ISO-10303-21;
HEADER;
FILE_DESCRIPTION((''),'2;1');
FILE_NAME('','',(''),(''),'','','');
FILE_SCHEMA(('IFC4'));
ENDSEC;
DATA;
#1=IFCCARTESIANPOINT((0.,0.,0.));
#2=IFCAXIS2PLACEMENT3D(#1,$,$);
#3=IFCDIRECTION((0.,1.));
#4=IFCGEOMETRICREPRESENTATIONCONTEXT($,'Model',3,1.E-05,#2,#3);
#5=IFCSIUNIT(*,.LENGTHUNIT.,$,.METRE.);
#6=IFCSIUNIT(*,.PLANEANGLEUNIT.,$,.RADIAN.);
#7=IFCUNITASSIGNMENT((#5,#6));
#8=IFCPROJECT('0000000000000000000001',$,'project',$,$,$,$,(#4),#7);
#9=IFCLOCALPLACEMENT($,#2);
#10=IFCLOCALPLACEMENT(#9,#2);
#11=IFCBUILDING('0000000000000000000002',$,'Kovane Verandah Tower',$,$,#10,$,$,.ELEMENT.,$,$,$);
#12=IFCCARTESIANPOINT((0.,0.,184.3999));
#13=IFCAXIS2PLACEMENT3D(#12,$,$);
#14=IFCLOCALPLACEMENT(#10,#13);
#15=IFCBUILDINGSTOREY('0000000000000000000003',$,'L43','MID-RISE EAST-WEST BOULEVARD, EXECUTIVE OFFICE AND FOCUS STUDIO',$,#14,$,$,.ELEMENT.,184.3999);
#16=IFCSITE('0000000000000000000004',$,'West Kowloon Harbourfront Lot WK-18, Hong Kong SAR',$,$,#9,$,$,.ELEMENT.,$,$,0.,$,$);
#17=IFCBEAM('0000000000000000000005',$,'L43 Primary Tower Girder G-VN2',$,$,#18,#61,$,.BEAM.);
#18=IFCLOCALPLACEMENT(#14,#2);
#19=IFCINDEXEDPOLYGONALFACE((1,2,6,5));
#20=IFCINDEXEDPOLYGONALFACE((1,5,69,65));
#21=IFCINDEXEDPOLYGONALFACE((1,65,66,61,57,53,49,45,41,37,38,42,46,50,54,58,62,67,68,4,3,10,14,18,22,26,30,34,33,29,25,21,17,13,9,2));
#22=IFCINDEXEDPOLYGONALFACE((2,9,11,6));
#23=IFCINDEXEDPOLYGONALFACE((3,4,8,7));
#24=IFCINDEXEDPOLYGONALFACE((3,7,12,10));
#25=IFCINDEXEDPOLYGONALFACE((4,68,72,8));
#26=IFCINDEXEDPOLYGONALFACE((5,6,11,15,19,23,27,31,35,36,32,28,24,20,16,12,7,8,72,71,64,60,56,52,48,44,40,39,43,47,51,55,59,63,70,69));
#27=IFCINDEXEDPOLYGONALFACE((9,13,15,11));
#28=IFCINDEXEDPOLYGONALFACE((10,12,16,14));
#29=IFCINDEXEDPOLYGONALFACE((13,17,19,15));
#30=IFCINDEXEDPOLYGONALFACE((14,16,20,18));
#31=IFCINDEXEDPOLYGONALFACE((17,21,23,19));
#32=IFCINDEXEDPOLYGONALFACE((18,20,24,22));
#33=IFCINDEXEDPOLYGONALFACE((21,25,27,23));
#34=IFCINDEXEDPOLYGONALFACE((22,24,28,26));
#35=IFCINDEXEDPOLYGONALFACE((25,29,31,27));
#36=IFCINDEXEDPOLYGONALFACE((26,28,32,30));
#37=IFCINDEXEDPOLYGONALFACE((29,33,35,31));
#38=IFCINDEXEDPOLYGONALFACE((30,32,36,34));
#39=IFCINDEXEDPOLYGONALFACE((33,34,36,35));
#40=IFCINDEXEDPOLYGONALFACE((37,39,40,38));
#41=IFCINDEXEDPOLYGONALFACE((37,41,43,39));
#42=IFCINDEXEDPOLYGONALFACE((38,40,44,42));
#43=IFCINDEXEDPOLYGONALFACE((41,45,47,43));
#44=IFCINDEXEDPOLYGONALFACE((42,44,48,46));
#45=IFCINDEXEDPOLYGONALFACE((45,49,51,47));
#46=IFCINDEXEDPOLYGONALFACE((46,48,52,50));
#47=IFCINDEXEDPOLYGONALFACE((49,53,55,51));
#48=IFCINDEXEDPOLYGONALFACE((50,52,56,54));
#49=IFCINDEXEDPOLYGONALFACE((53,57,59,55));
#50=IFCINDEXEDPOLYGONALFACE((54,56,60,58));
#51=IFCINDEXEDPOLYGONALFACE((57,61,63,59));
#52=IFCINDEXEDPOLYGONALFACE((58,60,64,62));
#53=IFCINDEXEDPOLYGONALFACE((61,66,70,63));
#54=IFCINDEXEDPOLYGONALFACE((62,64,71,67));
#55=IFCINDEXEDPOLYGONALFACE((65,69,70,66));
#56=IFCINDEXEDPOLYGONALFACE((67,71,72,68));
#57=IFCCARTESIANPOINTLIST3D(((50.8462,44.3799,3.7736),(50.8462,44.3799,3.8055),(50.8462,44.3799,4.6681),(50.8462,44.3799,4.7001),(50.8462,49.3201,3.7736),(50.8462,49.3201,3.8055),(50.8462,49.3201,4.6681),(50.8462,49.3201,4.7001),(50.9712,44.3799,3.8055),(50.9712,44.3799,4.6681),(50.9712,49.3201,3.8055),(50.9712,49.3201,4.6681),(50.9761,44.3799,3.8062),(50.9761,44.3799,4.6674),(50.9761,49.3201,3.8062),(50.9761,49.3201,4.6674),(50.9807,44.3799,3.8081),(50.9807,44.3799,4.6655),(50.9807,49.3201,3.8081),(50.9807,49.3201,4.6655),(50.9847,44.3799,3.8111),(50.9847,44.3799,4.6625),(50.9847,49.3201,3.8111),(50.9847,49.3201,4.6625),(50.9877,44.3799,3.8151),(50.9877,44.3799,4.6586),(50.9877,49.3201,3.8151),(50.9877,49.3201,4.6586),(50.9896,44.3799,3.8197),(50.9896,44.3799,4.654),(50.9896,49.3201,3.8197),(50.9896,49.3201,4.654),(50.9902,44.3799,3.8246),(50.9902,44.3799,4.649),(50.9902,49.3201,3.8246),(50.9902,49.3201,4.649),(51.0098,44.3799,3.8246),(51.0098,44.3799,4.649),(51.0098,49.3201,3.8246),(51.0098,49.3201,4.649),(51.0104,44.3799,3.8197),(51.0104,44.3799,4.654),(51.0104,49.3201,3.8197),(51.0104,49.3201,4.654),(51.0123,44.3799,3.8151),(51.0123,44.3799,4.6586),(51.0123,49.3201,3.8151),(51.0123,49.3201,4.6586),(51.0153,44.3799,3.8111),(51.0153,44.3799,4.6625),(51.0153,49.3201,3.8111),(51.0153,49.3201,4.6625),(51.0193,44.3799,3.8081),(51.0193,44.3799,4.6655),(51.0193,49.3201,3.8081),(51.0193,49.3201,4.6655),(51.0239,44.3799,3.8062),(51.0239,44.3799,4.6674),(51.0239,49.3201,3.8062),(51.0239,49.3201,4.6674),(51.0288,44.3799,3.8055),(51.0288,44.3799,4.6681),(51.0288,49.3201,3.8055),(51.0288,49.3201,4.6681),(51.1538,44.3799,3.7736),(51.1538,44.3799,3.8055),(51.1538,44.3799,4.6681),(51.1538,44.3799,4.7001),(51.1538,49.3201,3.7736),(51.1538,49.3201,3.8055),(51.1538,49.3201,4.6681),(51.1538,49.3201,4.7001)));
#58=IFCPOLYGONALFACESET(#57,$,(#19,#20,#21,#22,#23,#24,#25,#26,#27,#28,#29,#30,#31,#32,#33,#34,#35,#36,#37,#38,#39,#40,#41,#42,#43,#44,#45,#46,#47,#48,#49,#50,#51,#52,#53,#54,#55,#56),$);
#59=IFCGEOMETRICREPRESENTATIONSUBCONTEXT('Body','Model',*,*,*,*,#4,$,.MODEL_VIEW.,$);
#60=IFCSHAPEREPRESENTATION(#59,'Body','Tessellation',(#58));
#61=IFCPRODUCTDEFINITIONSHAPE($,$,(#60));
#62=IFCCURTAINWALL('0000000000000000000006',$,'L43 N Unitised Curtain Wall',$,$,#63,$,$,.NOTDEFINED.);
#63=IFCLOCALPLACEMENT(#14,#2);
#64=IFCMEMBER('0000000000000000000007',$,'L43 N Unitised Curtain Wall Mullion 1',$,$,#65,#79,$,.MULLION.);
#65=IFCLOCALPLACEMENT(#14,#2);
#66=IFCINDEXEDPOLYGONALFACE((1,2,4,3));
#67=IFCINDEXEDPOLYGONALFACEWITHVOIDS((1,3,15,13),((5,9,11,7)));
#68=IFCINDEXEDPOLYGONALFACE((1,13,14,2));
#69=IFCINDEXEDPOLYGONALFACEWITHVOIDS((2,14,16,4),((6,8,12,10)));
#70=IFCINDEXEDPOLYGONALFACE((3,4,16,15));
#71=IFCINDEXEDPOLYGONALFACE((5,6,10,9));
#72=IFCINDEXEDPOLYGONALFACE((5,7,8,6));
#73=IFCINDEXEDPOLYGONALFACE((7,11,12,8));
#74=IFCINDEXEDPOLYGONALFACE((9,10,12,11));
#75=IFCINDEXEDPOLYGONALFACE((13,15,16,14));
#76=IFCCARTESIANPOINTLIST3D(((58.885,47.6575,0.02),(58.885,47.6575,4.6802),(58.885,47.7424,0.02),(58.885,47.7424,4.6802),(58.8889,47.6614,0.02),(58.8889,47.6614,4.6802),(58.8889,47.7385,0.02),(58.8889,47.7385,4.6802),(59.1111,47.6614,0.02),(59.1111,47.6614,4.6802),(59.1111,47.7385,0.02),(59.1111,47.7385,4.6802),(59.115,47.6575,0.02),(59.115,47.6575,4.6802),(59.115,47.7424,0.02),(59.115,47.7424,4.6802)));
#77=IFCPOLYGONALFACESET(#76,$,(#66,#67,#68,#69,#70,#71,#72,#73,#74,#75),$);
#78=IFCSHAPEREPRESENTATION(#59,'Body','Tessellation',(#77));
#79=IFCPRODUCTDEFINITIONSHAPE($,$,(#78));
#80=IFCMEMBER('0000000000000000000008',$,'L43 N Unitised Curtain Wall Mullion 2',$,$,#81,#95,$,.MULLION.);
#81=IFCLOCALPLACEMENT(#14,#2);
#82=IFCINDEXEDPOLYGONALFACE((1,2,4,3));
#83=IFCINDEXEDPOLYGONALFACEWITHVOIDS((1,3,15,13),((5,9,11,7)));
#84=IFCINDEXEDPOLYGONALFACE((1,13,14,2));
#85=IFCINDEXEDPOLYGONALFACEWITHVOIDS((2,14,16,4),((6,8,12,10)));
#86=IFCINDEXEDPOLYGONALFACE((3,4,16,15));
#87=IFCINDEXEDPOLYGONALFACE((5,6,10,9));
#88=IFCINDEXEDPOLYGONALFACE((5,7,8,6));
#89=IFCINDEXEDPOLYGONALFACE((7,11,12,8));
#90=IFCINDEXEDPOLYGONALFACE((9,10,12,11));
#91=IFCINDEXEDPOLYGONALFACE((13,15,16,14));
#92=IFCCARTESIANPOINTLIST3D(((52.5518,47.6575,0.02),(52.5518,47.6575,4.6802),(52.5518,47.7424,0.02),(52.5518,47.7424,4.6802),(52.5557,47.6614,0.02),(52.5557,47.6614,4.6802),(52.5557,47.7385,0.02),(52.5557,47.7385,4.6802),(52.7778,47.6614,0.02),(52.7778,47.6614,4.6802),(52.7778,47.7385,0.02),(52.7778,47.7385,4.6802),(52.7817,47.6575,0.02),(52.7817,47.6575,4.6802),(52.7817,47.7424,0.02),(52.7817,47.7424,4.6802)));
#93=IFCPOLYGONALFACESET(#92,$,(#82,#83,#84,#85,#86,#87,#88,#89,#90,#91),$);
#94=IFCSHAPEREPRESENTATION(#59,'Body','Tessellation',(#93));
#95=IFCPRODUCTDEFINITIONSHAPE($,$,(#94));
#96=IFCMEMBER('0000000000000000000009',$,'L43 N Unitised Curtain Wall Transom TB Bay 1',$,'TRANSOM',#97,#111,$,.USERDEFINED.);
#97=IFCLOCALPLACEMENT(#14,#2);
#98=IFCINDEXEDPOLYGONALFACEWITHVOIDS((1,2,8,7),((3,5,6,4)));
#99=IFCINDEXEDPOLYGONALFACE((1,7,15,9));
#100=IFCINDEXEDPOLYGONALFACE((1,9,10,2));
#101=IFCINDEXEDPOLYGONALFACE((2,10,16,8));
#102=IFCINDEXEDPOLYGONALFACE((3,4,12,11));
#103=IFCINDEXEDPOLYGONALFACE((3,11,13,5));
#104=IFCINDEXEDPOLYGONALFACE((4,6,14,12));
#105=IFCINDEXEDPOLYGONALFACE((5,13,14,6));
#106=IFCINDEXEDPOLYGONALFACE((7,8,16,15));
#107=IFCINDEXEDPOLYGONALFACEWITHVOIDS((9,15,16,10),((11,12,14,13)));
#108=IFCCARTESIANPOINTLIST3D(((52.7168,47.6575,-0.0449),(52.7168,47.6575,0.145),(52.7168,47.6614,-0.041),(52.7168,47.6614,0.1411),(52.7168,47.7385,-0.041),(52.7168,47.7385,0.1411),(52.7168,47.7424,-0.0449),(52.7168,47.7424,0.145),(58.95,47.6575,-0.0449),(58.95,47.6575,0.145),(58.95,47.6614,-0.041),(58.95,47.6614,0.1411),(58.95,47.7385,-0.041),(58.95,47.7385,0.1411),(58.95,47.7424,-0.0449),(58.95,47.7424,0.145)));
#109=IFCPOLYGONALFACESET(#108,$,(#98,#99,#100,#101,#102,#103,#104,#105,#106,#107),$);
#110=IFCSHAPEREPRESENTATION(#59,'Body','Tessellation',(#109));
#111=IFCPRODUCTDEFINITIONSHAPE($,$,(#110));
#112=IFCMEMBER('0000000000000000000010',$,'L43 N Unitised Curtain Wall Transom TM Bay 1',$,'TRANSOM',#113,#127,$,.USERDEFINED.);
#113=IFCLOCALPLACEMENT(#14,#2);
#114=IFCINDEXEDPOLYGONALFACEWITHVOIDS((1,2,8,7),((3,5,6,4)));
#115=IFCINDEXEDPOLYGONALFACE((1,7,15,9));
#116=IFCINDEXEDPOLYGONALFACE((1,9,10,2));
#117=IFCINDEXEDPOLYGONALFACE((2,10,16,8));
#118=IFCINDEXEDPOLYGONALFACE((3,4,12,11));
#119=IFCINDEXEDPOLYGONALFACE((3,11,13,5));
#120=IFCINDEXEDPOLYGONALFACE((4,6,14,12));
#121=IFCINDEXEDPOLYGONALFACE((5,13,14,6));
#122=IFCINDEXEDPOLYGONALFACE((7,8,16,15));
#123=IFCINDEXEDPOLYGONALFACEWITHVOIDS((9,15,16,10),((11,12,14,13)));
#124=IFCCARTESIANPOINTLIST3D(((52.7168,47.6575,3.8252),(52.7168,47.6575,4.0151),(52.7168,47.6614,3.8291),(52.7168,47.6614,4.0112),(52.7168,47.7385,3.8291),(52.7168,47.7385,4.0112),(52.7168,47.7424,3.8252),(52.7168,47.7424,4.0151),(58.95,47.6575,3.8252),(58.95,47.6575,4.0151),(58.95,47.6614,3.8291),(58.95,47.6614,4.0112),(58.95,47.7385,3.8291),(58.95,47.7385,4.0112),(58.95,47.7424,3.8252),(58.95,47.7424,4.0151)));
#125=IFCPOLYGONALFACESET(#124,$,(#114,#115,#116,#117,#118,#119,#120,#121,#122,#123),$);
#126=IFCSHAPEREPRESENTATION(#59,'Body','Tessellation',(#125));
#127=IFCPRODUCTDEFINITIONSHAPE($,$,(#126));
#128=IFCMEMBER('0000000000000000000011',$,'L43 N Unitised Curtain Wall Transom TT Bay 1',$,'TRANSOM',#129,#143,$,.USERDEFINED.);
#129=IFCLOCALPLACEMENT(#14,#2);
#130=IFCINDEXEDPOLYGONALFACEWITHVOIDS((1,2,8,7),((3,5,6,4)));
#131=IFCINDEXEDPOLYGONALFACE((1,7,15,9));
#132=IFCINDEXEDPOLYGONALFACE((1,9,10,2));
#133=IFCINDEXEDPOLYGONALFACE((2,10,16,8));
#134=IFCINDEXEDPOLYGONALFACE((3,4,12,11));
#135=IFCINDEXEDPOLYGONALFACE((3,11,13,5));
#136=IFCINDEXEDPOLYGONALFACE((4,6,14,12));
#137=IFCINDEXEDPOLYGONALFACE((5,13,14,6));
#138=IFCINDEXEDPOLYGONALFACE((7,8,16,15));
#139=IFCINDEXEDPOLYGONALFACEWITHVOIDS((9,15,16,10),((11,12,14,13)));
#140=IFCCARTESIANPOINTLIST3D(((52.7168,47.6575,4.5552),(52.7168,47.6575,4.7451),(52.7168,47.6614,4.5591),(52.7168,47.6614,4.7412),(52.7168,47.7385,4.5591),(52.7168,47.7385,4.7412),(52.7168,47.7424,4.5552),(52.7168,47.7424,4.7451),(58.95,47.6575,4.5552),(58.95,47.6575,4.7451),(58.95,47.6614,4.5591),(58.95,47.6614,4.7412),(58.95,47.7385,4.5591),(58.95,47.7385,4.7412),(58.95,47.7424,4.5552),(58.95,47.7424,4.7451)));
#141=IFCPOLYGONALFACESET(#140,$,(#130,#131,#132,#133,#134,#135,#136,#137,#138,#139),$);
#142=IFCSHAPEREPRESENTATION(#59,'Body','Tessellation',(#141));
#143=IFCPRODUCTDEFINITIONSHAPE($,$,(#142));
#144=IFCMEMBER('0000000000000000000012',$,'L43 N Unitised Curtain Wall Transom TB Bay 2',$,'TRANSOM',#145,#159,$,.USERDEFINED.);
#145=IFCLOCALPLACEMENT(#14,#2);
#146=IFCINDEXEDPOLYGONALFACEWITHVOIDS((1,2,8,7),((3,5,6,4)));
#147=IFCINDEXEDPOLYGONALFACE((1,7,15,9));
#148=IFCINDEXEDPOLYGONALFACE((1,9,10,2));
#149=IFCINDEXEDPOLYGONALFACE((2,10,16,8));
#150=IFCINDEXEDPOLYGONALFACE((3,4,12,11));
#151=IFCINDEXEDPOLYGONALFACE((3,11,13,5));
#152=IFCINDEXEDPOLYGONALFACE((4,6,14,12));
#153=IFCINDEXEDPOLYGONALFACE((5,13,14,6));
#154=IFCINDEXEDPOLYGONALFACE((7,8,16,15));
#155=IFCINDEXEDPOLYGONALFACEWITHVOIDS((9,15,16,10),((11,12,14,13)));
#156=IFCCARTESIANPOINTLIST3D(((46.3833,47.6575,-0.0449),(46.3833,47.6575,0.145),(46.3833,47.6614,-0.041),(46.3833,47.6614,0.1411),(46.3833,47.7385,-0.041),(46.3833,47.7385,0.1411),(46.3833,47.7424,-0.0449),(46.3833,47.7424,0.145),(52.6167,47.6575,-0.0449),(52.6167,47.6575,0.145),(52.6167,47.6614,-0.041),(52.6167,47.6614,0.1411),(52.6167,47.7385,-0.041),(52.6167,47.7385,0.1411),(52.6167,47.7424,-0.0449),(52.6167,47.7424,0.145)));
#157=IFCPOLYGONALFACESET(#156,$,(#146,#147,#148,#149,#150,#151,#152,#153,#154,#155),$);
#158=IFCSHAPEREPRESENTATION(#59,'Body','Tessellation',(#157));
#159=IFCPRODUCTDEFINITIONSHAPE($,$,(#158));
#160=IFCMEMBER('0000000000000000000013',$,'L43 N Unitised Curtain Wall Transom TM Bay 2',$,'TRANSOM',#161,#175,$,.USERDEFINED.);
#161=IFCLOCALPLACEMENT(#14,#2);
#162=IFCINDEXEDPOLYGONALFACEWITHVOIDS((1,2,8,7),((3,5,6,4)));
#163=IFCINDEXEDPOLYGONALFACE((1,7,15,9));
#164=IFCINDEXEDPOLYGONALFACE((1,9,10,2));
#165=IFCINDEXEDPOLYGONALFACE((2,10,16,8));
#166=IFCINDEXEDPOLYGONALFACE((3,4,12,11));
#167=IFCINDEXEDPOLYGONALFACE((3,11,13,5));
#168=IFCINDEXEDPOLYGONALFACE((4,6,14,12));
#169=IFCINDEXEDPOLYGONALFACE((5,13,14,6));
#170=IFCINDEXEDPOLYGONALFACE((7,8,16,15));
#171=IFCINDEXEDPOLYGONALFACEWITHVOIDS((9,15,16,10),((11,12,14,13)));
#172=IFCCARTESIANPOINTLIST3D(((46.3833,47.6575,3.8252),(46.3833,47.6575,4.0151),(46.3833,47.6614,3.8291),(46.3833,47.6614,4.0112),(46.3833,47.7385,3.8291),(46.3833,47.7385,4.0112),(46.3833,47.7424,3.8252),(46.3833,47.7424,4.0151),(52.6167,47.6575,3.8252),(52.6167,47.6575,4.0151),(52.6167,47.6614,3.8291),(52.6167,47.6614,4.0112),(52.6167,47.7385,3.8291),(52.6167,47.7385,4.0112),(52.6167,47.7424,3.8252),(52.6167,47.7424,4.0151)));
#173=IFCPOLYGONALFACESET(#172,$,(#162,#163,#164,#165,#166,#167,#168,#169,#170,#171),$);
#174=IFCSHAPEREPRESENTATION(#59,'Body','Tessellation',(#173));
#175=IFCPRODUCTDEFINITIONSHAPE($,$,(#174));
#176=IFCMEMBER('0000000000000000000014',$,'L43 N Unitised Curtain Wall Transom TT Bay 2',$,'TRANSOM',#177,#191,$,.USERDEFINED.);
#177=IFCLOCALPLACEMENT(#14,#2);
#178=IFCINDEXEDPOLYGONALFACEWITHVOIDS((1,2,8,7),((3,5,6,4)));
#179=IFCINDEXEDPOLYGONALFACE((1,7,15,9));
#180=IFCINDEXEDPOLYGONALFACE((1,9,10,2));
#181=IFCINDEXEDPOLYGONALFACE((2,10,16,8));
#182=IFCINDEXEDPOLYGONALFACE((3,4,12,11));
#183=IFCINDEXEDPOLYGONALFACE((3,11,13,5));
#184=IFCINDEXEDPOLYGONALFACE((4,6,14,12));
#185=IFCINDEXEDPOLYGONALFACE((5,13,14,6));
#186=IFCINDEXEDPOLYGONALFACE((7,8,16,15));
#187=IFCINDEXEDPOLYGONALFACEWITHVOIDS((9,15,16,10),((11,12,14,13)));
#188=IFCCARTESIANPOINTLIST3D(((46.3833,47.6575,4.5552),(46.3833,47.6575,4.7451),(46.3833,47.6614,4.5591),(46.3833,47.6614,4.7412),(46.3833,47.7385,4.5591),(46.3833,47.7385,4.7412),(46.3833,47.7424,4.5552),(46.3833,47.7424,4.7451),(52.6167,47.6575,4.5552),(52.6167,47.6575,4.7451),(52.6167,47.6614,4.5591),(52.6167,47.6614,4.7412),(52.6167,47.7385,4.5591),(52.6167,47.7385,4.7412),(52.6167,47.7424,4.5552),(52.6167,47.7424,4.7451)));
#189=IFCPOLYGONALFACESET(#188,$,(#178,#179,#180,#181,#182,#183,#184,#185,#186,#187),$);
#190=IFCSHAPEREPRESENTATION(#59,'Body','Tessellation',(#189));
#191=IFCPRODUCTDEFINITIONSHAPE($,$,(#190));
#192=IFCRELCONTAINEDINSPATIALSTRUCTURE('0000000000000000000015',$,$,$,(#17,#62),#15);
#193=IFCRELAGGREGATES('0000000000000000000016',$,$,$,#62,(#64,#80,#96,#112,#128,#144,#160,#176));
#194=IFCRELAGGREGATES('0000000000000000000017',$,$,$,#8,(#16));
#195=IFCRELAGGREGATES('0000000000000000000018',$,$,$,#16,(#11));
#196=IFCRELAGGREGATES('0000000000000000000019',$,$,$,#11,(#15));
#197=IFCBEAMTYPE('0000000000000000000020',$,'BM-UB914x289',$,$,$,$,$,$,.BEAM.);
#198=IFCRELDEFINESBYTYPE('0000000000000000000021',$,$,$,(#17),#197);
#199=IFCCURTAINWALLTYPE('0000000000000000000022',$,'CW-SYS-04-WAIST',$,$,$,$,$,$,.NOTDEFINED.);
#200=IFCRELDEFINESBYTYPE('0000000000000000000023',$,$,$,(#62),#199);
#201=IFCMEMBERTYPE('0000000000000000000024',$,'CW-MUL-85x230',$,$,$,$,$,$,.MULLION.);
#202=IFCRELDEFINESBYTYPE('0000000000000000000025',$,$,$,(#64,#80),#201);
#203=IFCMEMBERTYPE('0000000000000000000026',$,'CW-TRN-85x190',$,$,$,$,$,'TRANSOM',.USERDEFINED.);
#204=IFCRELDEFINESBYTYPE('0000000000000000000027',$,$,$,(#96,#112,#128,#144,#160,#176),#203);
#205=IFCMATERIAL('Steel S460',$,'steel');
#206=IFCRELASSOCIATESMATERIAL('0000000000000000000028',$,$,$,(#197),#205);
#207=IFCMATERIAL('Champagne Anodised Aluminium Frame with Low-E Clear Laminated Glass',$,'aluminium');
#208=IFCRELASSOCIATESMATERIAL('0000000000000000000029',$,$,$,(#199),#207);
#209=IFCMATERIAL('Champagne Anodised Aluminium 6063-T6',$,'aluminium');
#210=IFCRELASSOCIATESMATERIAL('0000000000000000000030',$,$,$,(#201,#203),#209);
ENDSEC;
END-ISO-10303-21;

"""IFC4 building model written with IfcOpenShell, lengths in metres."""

from ifc_helpers import new_model, si_unit, direction, frame, origin, origin_2d, place, context, subcontext, project, spatial, hollow_rectangle, i_section, extrude, material, material_profile, profile_set, type_object, element, aggregate, save


model = new_model("IFC4")

# Units and contexts
model_context = context("Model", 3, precision=1e-05, world=origin(), true_north=direction((0.0, 1.0)))
body_context = subcontext(model_context, "Body", "Model", "MODEL_VIEW")
ifc_project = project(units=[si_unit("LENGTHUNIT", "METRE"), si_unit("PLANEANGLEUNIT", "RADIAN")], contexts=[model_context])

# Site, building, storey
site_placement = place(None, origin())
site = spatial("IfcSite", under=ifc_project, at=site_placement, Name="West Kowloon Harbourfront Lot WK-18, Hong Kong SAR", CompositionType="ELEMENT", RefElevation=0.0)
building_placement = place(site_placement, origin())
building = spatial("IfcBuilding", under=site, at=building_placement, Name="Kovane Verandah Tower", CompositionType="ELEMENT")
storey_placement = place(building_placement, frame((0.0, 0.0, 184.3999)))
storey = spatial("IfcBuildingStorey", under=building, at=storey_placement, Name="L43", Description="MID-RISE EAST-WEST BOULEVARD, EXECUTIVE OFFICE AND FOCUS STUDIO", CompositionType="ELEMENT", Elevation=184.3999)

# Shared definitions
ifc_material_1 = material(Name="Steel S460", Category="steel")

# Beam
ifc_material_profile_1 = material_profile(ifc_material_1, i_section(OverallWidth=0.3076, OverallDepth=0.9265, WebThickness=0.0195, FlangeThickness=0.032, FilletRadius=0.019, at=origin_2d()), Name="UB914x305x289")
ifc_profile_set_1 = profile_set([ifc_material_profile_1], Name="Steel S460")
beam_type = type_object("IfcBeamType", Name="BM-UB914x289", PredefinedType="BEAM", material=ifc_profile_set_1)
beam_1_placement = place(storey_placement, frame((51.0, 44.3799, 4.2368), z_axis=(0.0, 1.0, 0.0), x_axis=(-1.0, 0.0, 0.0)))
element("IfcBeam", 1, at=beam_1_placement, inside=storey, type_object=beam_type, Name="L43 Primary Tower Girder G-VN2", PredefinedType="BEAM", context=body_context, shape_type="SweptSolid", body=[
    extrude(i_section(OverallWidth=0.3076, OverallDepth=0.9265, WebThickness=0.0195, FlangeThickness=0.032, FilletRadius=0.019, at=origin_2d()), origin(), (0.0, 0.0, 1.0), 4.9402),
])

# Curtain wall, members
ifc_material_2 = material(Name="Champagne Anodised Aluminium Frame with Low-E Clear Laminated Glass", Category="aluminium")
curtain_wall_type = type_object("IfcCurtainWallType", Name="CW-SYS-04-WAIST", PredefinedType="NOTDEFINED", material=ifc_material_2)
curtain_wall_placement = place(storey_placement, origin())
curtain_wall = element("IfcCurtainWall", 2, at=curtain_wall_placement, inside=storey, type_object=curtain_wall_type, Name="L43 N Unitised Curtain Wall", PredefinedType="NOTDEFINED")
ifc_material_3 = material(Name="Champagne Anodised Aluminium 6063-T6", Category="aluminium")
ifc_material_profile_2 = material_profile(ifc_material_3, hollow_rectangle(XDim=0.085, YDim=0.23, WallThickness=0.0039, at=origin_2d()), Name="AL85x230x4")
ifc_profile_set_2 = profile_set([ifc_material_profile_2], Name="Champagne Anodised Aluminium 6063-T6")
member_type_1 = type_object("IfcMemberType", Name="CW-MUL-85x230", PredefinedType="MULLION", material=ifc_profile_set_2)
member_1_placement = place(storey_placement, frame((59.0, 47.7, 0.02), z_axis=(0.0, 0.0, 1.0), x_axis=(0.0, 1.0, 0.0)))
member_1 = element("IfcMember", 3, at=member_1_placement, type_object=member_type_1, Name="L43 N Unitised Curtain Wall Mullion 1", PredefinedType="MULLION", context=body_context, shape_type="SweptSolid", body=[
    extrude(hollow_rectangle(XDim=0.085, YDim=0.23, WallThickness=0.0039, at=origin_2d()), origin(), (0.0, 0.0, 1.0), 4.6602),
])
member_2_placement = place(storey_placement, frame((52.6667, 47.7, 0.02), z_axis=(0.0, 0.0, 1.0), x_axis=(0.0, 1.0, 0.0)))
member_2 = element("IfcMember", 4, at=member_2_placement, type_object=member_type_1, Name="L43 N Unitised Curtain Wall Mullion 2", PredefinedType="MULLION", context=body_context, shape_type="SweptSolid", body=[
    extrude(hollow_rectangle(XDim=0.085, YDim=0.23, WallThickness=0.0039, at=origin_2d()), origin(), (0.0, 0.0, 1.0), 4.6602),
])
ifc_material_profile_3 = material_profile(ifc_material_3, hollow_rectangle(XDim=0.085, YDim=0.1899, WallThickness=0.0039, at=origin_2d()), Name="AL85x190x4")
ifc_profile_set_3 = profile_set([ifc_material_profile_3], Name="Champagne Anodised Aluminium 6063-T6")
member_type_2 = type_object("IfcMemberType", Name="CW-TRN-85x190", ElementType="TRANSOM", PredefinedType="USERDEFINED", material=ifc_profile_set_3)
member_3_placement = place(storey_placement, frame((58.95, 47.7, 0.05), z_axis=(-1.0, 0.0, 0.0), x_axis=(0.0, -1.0, 0.0)))
member_3 = element("IfcMember", 5, at=member_3_placement, type_object=member_type_2, Name="L43 N Unitised Curtain Wall Transom TB Bay 1", ObjectType="TRANSOM", PredefinedType="USERDEFINED", context=body_context, shape_type="SweptSolid", body=[
    extrude(hollow_rectangle(XDim=0.085, YDim=0.1899, WallThickness=0.0039, at=origin_2d()), origin(), (0.0, 0.0, 1.0), 6.2332),
])
member_4_placement = place(storey_placement, frame((58.95, 47.7, 3.9202), z_axis=(-1.0, 0.0, 0.0), x_axis=(0.0, -1.0, 0.0)))
member_4 = element("IfcMember", 6, at=member_4_placement, type_object=member_type_2, Name="L43 N Unitised Curtain Wall Transom TM Bay 1", ObjectType="TRANSOM", PredefinedType="USERDEFINED", context=body_context, shape_type="SweptSolid", body=[
    extrude(hollow_rectangle(XDim=0.085, YDim=0.1899, WallThickness=0.0039, at=origin_2d()), origin(), (0.0, 0.0, 1.0), 6.2332),
])
member_5_placement = place(storey_placement, frame((58.95, 47.7, 4.6501), z_axis=(-1.0, 0.0, 0.0), x_axis=(0.0, -1.0, 0.0)))
member_5 = element("IfcMember", 7, at=member_5_placement, type_object=member_type_2, Name="L43 N Unitised Curtain Wall Transom TT Bay 1", ObjectType="TRANSOM", PredefinedType="USERDEFINED", context=body_context, shape_type="SweptSolid", body=[
    extrude(hollow_rectangle(XDim=0.085, YDim=0.1899, WallThickness=0.0039, at=origin_2d()), origin(), (0.0, 0.0, 1.0), 6.2332),
])
member_6_placement = place(storey_placement, frame((52.6167, 47.7, 0.05), z_axis=(-1.0, 0.0, 0.0), x_axis=(0.0, -1.0, 0.0)))
member_6 = element("IfcMember", 8, at=member_6_placement, type_object=member_type_2, Name="L43 N Unitised Curtain Wall Transom TB Bay 2", ObjectType="TRANSOM", PredefinedType="USERDEFINED", context=body_context, shape_type="SweptSolid", body=[
    extrude(hollow_rectangle(XDim=0.085, YDim=0.1899, WallThickness=0.0039, at=origin_2d()), origin(), (0.0, 0.0, 1.0), 6.2334),
])
member_7_placement = place(storey_placement, frame((52.6167, 47.7, 3.9202), z_axis=(-1.0, 0.0, 0.0), x_axis=(0.0, -1.0, 0.0)))
member_7 = element("IfcMember", 9, at=member_7_placement, type_object=member_type_2, Name="L43 N Unitised Curtain Wall Transom TM Bay 2", ObjectType="TRANSOM", PredefinedType="USERDEFINED", context=body_context, shape_type="SweptSolid", body=[
    extrude(hollow_rectangle(XDim=0.085, YDim=0.1899, WallThickness=0.0039, at=origin_2d()), origin(), (0.0, 0.0, 1.0), 6.2334),
])
member_8_placement = place(storey_placement, frame((52.6167, 47.7, 4.6501), z_axis=(-1.0, 0.0, 0.0), x_axis=(0.0, -1.0, 0.0)))
member_8 = element("IfcMember", 10, at=member_8_placement, type_object=member_type_2, Name="L43 N Unitised Curtain Wall Transom TT Bay 2", ObjectType="TRANSOM", PredefinedType="USERDEFINED", context=body_context, shape_type="SweptSolid", body=[
    extrude(hollow_rectangle(XDim=0.085, YDim=0.1899, WallThickness=0.0039, at=origin_2d()), origin(), (0.0, 0.0, 1.0), 6.2334),
])
aggregate(curtain_wall, [member_1, member_2, member_3, member_4, member_5, member_6, member_7, member_8])

save(model, "model.ifc")
